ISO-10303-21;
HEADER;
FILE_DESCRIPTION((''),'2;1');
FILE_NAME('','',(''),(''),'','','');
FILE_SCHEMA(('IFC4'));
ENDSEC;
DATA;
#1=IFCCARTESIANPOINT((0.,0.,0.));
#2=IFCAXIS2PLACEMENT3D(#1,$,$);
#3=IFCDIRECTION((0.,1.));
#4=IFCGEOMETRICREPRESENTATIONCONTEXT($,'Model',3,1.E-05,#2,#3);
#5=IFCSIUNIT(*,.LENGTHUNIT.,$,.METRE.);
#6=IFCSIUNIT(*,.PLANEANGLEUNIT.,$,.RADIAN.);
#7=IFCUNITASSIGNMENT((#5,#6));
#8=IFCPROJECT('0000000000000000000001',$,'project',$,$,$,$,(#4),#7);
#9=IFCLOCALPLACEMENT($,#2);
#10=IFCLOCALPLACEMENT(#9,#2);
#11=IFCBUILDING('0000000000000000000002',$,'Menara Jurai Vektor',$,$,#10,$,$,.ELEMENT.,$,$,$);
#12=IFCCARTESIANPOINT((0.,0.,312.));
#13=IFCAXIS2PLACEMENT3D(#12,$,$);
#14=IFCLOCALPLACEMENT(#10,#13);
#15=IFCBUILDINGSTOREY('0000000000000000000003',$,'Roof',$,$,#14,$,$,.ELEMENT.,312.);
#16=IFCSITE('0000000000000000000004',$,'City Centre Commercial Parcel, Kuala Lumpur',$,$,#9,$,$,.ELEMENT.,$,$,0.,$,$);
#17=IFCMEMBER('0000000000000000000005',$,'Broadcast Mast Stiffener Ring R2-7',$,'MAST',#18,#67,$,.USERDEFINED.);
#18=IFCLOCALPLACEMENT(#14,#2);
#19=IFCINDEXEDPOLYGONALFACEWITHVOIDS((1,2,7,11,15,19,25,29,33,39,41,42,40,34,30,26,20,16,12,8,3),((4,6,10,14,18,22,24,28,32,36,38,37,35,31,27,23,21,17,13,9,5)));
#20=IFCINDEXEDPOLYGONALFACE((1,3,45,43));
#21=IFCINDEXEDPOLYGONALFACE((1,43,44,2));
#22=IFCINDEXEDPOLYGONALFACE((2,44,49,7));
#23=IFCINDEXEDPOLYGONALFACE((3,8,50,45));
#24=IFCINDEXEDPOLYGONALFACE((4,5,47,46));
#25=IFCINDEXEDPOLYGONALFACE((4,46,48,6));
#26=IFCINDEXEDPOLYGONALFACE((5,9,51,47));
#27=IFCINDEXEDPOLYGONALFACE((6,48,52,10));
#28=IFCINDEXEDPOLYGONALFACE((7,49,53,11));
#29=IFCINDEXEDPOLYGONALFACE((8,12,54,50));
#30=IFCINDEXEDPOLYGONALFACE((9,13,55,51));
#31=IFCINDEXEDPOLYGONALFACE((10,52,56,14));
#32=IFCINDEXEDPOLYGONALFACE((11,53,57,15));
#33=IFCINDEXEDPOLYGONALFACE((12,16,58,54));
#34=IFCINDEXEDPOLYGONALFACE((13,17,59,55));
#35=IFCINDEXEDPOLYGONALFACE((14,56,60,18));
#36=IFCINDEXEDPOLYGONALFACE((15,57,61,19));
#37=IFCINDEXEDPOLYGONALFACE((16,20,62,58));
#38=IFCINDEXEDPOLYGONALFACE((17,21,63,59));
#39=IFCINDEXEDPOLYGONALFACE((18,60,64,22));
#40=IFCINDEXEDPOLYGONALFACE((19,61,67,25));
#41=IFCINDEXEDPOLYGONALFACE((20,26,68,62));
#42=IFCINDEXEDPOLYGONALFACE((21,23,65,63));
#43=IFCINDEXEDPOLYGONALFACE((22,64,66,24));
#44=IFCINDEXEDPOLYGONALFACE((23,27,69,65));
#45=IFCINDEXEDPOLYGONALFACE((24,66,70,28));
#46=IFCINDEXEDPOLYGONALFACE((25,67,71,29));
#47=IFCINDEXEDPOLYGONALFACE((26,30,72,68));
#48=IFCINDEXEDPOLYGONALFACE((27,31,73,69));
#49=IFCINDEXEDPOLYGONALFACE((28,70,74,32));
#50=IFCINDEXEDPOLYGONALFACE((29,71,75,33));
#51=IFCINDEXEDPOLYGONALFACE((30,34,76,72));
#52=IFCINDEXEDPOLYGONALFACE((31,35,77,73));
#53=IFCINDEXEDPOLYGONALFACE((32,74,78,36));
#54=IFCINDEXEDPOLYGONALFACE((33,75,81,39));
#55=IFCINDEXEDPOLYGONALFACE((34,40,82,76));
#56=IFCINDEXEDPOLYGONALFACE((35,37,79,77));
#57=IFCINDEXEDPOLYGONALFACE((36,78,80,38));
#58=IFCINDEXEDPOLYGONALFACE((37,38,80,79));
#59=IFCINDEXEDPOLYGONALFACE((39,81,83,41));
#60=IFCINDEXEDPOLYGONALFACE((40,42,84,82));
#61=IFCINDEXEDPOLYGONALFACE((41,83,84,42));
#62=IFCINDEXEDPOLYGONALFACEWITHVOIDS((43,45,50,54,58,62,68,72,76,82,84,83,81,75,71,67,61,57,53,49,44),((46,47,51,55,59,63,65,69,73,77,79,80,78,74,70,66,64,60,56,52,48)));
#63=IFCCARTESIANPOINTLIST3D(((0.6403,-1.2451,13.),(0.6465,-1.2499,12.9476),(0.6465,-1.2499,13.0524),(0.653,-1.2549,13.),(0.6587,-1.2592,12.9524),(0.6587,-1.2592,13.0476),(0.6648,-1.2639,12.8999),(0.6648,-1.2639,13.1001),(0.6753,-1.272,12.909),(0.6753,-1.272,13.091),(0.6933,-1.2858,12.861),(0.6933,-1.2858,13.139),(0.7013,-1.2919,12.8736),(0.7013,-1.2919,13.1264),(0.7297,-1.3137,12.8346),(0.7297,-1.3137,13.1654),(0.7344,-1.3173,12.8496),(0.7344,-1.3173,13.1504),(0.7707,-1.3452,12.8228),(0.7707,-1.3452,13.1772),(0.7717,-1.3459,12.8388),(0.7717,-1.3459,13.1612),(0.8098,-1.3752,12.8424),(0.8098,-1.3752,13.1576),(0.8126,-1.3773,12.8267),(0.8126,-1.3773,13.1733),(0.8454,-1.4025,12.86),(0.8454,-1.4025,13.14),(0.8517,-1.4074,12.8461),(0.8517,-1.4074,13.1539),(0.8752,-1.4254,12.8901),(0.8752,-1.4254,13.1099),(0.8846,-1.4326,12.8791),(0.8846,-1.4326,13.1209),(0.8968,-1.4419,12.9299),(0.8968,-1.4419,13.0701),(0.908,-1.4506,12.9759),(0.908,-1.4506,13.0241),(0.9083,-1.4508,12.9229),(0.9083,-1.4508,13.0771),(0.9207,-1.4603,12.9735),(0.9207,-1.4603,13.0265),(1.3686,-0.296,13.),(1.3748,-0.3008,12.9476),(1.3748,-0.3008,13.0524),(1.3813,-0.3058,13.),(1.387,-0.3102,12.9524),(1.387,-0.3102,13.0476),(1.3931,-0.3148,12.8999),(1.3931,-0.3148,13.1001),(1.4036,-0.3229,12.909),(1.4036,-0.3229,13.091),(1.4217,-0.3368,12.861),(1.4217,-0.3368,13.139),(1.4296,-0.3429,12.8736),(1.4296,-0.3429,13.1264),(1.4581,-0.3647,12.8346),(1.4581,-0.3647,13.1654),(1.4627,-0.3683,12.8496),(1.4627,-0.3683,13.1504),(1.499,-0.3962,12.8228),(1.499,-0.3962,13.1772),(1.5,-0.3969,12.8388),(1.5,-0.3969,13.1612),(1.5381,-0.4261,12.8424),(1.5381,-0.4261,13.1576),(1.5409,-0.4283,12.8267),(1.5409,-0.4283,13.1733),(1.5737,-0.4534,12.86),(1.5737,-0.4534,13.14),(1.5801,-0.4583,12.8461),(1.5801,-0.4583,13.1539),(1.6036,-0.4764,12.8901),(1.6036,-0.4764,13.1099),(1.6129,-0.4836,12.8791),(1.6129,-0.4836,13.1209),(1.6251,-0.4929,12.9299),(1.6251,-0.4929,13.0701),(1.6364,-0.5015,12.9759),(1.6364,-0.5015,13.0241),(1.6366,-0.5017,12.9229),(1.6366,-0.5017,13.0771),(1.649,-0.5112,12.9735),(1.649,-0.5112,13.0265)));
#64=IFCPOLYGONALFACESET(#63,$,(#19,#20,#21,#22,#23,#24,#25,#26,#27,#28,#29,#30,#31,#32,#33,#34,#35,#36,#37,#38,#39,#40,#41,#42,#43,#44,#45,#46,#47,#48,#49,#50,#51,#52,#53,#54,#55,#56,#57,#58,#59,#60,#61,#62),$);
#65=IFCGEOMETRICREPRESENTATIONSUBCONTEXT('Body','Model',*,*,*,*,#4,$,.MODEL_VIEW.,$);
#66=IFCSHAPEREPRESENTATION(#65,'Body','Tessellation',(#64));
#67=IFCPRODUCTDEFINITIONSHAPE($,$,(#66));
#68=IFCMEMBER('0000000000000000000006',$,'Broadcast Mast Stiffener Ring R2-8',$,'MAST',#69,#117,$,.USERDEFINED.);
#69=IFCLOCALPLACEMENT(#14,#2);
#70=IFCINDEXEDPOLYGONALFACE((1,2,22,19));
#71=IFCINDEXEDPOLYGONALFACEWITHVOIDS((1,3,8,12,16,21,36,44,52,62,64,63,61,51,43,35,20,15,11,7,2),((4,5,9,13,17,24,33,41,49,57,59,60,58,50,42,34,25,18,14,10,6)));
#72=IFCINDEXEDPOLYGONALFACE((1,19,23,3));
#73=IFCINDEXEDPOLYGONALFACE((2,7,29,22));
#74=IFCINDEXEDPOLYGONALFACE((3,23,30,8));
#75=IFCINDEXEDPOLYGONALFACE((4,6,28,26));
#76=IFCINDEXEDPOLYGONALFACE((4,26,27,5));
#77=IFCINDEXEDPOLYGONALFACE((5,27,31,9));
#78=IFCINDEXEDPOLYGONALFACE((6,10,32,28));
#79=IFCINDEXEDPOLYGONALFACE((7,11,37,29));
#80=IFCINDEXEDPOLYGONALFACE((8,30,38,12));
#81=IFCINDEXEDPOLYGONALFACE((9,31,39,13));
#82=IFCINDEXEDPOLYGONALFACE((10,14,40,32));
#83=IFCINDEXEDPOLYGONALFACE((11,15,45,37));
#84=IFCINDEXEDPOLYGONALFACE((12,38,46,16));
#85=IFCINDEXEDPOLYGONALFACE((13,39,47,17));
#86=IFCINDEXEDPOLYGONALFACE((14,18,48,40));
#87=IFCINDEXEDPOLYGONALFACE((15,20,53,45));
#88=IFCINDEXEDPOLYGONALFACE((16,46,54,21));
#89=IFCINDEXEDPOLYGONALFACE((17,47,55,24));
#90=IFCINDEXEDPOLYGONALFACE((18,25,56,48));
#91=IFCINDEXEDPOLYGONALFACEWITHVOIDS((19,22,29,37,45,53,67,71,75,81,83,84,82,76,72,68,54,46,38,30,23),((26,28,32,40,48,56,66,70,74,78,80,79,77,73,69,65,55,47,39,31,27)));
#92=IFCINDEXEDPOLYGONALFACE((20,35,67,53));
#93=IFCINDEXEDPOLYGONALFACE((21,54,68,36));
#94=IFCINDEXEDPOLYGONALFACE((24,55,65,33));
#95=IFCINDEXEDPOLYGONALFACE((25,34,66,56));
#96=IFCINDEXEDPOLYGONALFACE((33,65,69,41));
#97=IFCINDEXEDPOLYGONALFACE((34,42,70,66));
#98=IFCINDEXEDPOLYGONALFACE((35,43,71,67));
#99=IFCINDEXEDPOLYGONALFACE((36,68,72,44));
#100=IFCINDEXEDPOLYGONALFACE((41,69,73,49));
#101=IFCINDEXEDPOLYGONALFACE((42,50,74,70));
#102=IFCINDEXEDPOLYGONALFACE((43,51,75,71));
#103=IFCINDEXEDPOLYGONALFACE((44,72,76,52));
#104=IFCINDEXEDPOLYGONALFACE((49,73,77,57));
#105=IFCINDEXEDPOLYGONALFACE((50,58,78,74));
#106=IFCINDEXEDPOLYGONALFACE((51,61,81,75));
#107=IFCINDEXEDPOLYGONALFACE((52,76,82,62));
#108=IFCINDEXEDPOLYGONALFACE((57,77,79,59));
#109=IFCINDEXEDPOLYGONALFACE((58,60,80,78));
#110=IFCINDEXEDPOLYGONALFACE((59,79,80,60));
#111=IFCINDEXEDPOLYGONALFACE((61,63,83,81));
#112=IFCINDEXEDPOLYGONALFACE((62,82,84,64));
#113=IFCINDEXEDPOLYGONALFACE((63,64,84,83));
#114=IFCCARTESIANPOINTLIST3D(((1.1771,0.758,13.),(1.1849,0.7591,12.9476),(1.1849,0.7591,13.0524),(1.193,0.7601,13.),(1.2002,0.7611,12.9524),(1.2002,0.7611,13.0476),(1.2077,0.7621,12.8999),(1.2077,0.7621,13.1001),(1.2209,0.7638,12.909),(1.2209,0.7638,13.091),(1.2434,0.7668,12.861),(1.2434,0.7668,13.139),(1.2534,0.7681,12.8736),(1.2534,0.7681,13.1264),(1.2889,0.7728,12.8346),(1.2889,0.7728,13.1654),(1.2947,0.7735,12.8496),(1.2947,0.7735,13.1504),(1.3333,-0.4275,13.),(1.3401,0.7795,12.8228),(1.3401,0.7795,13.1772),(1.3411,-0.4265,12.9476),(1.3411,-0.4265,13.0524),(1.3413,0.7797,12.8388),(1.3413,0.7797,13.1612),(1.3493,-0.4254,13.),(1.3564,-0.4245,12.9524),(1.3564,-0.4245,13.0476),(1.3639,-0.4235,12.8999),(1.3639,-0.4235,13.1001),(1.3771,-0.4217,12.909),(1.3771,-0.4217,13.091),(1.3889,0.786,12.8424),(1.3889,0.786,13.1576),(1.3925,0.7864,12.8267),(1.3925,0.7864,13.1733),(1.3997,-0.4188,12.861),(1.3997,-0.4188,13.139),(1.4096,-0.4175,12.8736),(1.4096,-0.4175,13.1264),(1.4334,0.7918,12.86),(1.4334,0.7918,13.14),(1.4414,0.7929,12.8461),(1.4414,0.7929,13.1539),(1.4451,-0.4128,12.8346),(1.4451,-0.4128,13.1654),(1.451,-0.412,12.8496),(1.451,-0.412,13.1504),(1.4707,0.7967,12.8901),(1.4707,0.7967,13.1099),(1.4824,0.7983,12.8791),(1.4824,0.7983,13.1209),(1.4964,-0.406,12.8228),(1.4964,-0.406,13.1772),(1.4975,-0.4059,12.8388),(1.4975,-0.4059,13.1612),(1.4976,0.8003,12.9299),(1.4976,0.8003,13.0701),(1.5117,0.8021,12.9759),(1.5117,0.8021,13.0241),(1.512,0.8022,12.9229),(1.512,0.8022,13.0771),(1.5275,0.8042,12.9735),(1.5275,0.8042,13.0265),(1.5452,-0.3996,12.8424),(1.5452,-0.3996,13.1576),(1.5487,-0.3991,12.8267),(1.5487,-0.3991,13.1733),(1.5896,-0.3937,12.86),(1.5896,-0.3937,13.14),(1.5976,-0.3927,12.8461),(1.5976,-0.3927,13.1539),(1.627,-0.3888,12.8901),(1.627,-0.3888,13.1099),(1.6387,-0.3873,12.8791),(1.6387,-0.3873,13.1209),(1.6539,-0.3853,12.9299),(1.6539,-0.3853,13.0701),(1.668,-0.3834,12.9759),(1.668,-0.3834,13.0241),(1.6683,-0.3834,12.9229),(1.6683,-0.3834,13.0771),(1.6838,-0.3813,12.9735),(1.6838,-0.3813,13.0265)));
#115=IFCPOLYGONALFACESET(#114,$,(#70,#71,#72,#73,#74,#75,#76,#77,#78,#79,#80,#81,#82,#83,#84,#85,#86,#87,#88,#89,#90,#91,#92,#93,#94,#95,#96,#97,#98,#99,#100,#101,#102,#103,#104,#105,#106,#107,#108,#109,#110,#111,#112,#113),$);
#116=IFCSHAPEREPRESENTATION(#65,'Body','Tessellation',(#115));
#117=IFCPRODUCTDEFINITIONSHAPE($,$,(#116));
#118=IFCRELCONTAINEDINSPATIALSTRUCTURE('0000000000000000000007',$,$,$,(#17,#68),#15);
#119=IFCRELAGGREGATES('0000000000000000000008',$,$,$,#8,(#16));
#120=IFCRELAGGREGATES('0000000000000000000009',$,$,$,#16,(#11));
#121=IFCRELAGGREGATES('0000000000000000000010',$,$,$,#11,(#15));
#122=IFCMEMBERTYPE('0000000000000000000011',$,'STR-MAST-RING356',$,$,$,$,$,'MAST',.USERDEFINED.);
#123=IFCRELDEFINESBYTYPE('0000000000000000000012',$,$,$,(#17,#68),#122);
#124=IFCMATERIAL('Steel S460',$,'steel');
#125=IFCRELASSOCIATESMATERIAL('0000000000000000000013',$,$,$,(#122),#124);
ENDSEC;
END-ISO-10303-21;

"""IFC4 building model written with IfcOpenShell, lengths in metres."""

from ifc_helpers import new_model, si_unit, direction, frame, origin, origin_2d, place, context, subcontext, project, spatial, hollow_circle, extrude, material, material_profile, profile_set, type_object, element, save


model = new_model("IFC4")

# Units and contexts
model_context = context("Model", 3, precision=1e-05, world=origin(), true_north=direction((0.0, 1.0)))
body_context = subcontext(model_context, "Body", "Model", "MODEL_VIEW")
ifc_project = project(units=[si_unit("LENGTHUNIT", "METRE"), si_unit("PLANEANGLEUNIT", "RADIAN")], contexts=[model_context])

# Site, building, storey
site_placement = place(None, origin())
site = spatial("IfcSite", under=ifc_project, at=site_placement, Name="City Centre Commercial Parcel, Kuala Lumpur", CompositionType="ELEMENT", RefElevation=0.0)
building_placement = place(site_placement, origin())
building = spatial("IfcBuilding", under=site, at=building_placement, Name="Menara Jurai Vektor", CompositionType="ELEMENT")
storey_placement = place(building_placement, frame((0.0, 0.0, 312.0)))
storey = spatial("IfcBuildingStorey", under=building, at=storey_placement, Name="Roof", CompositionType="ELEMENT", Elevation=312.0)

# Members
ifc_material = material(Name="Steel S460", Category="steel")
ifc_material_profile_1 = material_profile(ifc_material, hollow_circle(Radius=0.1777, WallThickness=0.0161, at=origin_2d()), Name="CHS 355.6x16")
ifc_profile_set_1 = profile_set([ifc_material_profile_1], Name="Steel S460")
member_type_1 = type_object("IfcMemberType", Name="STR-MAST-RING356", ElementType="MAST", PredefinedType="USERDEFINED", material=ifc_profile_set_1)
member_1_placement = place(storey_placement, frame((0.7812, -1.3533, 13.0), z_axis=(0.608813, 0.793314, 0.0), x_axis=(-0.793314, 0.608813, 0.0)))
element("IfcMember", 1, at=member_1_placement, inside=storey, type_object=member_type_1, Name="Broadcast Mast Stiffener Ring R2-7", ObjectType="MAST", PredefinedType="USERDEFINED", context=body_context, shape_type="SweptSolid", body=[
    extrude(hollow_circle(Radius=0.1777, WallThickness=0.0161, at=origin_2d()), origin(), (0.0, 0.0, 1.0), 1.1963),
])
member_2_placement = place(storey_placement, frame((1.5095, -0.4043, 13.0), z_axis=(-0.130666, 0.991426, 0.0), x_axis=(-0.991426, -0.130666, 0.0)))
element("IfcMember", 2, at=member_2_placement, inside=storey, type_object=member_type_1, Name="Broadcast Mast Stiffener Ring R2-8", ObjectType="MAST", PredefinedType="USERDEFINED", context=body_context, shape_type="SweptSolid", body=[
    extrude(hollow_circle(Radius=0.1777, WallThickness=0.0161, at=origin_2d()), origin(), (0.0, 0.0, 1.0), 1.1958),
])

save(model, "model.ifc")
